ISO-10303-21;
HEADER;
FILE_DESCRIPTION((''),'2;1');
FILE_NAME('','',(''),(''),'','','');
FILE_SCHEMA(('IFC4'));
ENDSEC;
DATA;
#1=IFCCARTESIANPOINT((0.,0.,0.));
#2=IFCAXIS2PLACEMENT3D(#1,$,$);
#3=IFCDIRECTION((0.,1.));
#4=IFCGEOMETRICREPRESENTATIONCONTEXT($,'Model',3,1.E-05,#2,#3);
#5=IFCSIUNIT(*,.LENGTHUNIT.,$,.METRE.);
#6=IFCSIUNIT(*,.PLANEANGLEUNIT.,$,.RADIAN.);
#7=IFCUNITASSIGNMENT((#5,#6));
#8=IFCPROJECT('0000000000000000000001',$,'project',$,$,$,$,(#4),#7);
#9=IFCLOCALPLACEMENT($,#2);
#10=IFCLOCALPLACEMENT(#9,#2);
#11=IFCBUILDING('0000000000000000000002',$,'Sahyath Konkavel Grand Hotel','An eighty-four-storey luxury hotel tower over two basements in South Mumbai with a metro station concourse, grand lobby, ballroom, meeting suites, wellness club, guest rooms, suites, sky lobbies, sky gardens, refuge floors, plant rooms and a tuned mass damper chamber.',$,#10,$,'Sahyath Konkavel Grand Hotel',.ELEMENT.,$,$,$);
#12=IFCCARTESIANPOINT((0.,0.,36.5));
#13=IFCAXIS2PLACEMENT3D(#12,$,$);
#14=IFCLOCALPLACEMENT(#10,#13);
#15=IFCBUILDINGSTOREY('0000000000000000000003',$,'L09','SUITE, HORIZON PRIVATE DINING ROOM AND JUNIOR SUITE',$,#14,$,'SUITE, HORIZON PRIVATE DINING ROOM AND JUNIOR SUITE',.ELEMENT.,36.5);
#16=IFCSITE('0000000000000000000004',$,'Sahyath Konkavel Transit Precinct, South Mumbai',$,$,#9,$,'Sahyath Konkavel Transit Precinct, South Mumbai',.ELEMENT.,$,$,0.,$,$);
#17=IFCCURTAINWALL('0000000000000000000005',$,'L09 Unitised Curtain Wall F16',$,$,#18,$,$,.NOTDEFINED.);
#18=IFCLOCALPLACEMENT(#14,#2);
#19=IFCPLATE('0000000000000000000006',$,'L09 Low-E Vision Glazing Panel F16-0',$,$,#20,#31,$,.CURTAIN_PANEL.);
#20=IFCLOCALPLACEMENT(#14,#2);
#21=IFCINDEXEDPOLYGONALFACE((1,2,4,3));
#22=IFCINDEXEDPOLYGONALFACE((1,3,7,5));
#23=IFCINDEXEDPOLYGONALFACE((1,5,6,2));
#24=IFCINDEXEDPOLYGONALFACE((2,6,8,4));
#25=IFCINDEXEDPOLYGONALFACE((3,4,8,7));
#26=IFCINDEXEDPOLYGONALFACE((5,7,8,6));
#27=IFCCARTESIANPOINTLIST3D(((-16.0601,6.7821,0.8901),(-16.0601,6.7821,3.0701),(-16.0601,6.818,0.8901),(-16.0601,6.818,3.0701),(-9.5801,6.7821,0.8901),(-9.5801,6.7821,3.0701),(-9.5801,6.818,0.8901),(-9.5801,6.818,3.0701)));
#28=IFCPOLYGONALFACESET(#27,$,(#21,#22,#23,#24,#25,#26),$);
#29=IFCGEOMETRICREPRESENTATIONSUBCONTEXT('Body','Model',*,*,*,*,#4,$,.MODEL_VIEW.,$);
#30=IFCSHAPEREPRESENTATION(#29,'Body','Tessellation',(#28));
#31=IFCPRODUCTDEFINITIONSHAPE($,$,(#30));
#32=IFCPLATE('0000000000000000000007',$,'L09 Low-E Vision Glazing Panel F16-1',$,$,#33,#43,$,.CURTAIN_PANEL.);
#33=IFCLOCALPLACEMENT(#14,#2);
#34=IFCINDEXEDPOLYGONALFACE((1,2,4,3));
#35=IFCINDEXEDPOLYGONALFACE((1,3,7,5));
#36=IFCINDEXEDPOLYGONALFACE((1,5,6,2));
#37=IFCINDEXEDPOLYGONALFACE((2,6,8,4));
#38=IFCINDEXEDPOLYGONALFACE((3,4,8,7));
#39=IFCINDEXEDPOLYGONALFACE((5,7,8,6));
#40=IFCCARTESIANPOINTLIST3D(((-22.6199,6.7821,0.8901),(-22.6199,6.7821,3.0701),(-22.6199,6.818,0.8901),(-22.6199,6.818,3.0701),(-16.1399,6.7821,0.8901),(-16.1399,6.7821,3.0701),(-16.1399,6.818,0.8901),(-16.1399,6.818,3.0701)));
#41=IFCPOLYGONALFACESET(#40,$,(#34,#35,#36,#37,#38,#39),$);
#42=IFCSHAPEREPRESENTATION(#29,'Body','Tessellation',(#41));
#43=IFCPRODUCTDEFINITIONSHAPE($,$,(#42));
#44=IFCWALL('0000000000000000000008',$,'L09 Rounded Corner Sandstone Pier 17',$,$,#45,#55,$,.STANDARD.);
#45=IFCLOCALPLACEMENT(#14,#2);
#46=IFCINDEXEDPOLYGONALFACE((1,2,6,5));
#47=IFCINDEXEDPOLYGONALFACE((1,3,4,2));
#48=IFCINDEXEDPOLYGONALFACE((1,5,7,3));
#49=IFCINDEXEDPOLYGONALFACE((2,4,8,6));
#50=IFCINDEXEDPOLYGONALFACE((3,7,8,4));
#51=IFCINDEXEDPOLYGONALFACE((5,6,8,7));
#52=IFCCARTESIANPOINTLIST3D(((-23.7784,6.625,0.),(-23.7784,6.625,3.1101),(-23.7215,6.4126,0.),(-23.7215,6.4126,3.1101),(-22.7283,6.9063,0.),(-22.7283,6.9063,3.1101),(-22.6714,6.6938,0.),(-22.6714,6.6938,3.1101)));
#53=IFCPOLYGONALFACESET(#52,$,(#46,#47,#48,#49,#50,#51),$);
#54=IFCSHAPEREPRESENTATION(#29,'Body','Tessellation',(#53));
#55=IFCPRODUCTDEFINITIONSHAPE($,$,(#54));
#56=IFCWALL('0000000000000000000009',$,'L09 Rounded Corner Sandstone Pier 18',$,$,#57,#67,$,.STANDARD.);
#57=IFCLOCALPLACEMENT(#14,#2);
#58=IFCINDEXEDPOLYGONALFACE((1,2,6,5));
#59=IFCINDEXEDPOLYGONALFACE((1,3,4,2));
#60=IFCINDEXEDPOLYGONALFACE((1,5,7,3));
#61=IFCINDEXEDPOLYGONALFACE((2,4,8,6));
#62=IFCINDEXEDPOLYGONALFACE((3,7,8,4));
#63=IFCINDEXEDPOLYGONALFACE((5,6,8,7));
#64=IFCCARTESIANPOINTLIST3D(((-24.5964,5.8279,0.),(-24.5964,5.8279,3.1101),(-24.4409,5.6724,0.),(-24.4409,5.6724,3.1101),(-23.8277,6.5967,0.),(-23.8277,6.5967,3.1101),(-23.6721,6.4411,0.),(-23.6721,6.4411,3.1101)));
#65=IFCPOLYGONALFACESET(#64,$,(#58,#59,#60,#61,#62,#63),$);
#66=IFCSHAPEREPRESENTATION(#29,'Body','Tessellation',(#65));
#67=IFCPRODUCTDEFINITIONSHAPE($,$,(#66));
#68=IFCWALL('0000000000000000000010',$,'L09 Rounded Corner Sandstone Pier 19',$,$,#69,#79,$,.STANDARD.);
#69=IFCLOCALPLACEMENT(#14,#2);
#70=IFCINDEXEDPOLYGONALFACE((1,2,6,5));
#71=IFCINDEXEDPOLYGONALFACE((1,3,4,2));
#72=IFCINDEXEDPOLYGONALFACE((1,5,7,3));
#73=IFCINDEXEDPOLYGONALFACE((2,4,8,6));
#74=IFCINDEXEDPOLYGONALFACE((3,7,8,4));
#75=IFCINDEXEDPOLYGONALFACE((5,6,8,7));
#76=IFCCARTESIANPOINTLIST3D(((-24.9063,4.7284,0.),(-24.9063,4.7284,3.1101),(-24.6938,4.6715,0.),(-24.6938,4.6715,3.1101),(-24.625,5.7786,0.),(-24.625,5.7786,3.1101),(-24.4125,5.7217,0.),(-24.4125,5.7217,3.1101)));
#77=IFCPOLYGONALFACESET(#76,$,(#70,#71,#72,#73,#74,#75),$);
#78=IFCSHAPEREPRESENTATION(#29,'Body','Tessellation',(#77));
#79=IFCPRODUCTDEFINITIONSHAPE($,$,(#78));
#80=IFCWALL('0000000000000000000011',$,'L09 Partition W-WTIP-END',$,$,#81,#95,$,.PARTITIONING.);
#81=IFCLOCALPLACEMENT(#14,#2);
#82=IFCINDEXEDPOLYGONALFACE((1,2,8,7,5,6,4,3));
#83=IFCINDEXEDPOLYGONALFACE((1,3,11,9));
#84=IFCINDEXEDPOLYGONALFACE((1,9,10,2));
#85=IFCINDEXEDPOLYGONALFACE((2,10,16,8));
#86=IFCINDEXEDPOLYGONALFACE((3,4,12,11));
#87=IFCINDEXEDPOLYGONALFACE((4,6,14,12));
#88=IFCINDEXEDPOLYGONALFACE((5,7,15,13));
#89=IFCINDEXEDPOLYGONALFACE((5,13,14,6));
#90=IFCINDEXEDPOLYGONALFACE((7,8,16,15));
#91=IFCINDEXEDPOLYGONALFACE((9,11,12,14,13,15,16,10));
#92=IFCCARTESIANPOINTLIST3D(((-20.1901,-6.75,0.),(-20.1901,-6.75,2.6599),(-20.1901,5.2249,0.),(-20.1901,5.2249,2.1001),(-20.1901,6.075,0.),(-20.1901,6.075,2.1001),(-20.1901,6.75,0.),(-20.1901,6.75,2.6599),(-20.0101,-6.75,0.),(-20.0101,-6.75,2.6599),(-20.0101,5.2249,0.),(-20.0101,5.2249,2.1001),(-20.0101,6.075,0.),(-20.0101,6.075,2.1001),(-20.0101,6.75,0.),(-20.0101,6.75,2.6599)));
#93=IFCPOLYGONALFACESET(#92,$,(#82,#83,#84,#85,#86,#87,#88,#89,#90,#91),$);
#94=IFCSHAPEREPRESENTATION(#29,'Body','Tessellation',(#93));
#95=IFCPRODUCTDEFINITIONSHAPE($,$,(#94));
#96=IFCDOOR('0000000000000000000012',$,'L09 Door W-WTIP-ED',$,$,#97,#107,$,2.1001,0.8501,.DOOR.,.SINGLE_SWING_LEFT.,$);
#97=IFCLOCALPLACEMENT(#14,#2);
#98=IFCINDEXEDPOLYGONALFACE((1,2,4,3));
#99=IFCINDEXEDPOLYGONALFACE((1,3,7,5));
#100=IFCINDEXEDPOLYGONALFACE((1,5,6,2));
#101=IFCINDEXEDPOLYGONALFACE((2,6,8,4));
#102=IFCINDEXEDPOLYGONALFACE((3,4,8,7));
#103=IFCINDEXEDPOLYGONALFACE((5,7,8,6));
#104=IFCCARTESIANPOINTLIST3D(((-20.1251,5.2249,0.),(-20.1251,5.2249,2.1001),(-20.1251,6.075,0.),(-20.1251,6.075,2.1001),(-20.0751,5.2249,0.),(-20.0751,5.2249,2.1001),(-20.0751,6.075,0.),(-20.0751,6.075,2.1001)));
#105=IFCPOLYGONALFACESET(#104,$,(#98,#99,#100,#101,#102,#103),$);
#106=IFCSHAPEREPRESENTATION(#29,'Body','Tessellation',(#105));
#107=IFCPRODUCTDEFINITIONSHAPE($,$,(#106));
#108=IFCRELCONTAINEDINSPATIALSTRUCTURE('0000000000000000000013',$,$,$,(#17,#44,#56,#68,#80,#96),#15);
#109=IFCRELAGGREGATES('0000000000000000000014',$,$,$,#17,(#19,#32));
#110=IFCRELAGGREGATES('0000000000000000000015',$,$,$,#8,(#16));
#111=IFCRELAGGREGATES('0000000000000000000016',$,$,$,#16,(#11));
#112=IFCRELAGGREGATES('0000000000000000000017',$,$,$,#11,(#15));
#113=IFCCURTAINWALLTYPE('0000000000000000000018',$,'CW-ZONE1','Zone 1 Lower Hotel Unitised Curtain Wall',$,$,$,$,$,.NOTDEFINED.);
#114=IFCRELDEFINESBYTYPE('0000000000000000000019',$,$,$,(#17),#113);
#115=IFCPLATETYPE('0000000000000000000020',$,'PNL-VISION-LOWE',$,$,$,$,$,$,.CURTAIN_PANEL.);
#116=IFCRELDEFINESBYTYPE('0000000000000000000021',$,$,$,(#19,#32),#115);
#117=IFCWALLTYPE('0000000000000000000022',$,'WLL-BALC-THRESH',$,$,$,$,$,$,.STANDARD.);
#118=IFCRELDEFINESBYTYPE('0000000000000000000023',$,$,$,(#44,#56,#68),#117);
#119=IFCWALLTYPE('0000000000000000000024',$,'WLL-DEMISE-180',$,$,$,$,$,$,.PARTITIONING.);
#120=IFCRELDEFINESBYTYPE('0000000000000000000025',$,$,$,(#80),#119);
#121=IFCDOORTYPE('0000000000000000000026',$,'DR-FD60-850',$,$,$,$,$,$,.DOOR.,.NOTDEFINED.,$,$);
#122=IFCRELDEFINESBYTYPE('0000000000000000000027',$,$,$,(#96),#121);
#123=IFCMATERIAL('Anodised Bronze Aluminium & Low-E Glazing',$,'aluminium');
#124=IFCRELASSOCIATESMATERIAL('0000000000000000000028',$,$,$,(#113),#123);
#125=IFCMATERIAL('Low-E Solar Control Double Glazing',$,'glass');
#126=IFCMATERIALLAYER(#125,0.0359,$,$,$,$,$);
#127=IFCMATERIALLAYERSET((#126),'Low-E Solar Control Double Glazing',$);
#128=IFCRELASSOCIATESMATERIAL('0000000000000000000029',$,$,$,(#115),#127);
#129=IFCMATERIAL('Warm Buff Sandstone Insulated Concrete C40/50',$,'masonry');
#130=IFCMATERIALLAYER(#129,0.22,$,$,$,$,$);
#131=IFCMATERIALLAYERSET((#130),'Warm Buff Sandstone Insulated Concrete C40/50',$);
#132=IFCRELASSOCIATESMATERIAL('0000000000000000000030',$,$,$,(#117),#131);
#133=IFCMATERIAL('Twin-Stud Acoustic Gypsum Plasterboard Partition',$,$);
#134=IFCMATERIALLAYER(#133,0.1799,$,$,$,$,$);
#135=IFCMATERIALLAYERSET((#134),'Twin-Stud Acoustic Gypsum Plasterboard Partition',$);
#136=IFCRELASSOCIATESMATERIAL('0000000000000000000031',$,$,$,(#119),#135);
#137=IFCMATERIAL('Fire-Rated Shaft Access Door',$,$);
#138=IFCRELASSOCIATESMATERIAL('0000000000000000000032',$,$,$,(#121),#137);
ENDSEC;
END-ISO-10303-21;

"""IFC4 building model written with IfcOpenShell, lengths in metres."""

from ifc_helpers import new_model, si_unit, direction, frame, frame_2d, origin, origin_2d, place, context, subcontext, project, spatial, rectangle, extrude, source, transform, mapped, material, layer, layer_set, type_object, element, fill, aggregate, save


model = new_model("IFC4")

# Units and contexts
model_context = context("Model", 3, precision=1e-05, world=origin(), true_north=direction((0.0, 1.0)))
body_context = subcontext(model_context, "Body", "Model", "MODEL_VIEW")
ifc_project = project(units=[si_unit("LENGTHUNIT", "METRE"), si_unit("PLANEANGLEUNIT", "RADIAN")], contexts=[model_context])

# Site, building, storey
site_placement = place(None, origin())
site = spatial("IfcSite", under=ifc_project, at=site_placement, Name="Sahyath Konkavel Transit Precinct, South Mumbai", LongName="Sahyath Konkavel Transit Precinct, South Mumbai", CompositionType="ELEMENT", RefElevation=0.0)
building_placement = place(site_placement, origin())
building = spatial("IfcBuilding", under=site, at=building_placement, Name="Sahyath Konkavel Grand Hotel", Description="An eighty-four-storey luxury hotel tower over two basements in South Mumbai with a metro station concourse, grand lobby, ballroom, meeting suites, wellness club, guest rooms, suites, sky lobbies, sky gardens, refuge floors, plant rooms and a tuned mass damper chamber.", LongName="Sahyath Konkavel Grand Hotel", CompositionType="ELEMENT")
storey_placement = place(building_placement, frame((0.0, 0.0, 36.5)))
storey = spatial("IfcBuildingStorey", under=building, at=storey_placement, Name="L09", Description="SUITE, HORIZON PRIVATE DINING ROOM AND JUNIOR SUITE", LongName="SUITE, HORIZON PRIVATE DINING ROOM AND JUNIOR SUITE", CompositionType="ELEMENT", Elevation=36.5)

# Curtain wall
ifc_material_1 = material(Name="Anodised Bronze Aluminium & Low-E Glazing", Category="aluminium")
curtain_wall_type = type_object("IfcCurtainWallType", Name="CW-ZONE1", Description="Zone 1 Lower Hotel Unitised Curtain Wall", PredefinedType="NOTDEFINED", material=ifc_material_1)
curtain_wall_1_placement = place(storey_placement, origin())
curtain_wall_1 = element("IfcCurtainWall", 1, at=curtain_wall_1_placement, inside=storey, type_object=curtain_wall_type, Name="L09 Unitised Curtain Wall F16", PredefinedType="NOTDEFINED")

# Plates
ifc_material_2 = material(Name="Low-E Solar Control Double Glazing", Category="glass")
ifc_layer_1 = layer(ifc_material_2, 0.0359)
ifc_layer_set_1 = layer_set([ifc_layer_1], Name="Low-E Solar Control Double Glazing")
plate_type_1 = type_object("IfcPlateType", Name="PNL-VISION-LOWE", PredefinedType="CURTAIN_PANEL", material=ifc_layer_set_1)
shared_shape_1 = source(origin(), body_context, "Body", "SweptSolid", [
    extrude(rectangle(XDim=6.48, YDim=0.0359, at=origin_2d()), origin(), (0.0, 0.0, 1.0), 2.1799),
])
plate_1_placement = place(storey_placement, frame((-12.8201, 6.8, 0.8901), z_axis=(0.0, 0.0, 1.0), x_axis=(-1.0, 0.0, 0.0)))
plate_1 = element("IfcPlate", 2, at=plate_1_placement, type_object=plate_type_1, Name="L09 Low-E Vision Glazing Panel F16-0", PredefinedType="CURTAIN_PANEL", context=body_context, shape_type="MappedRepresentation", body=[
    mapped(shared_shape_1, transform((0.0, 0.0, 0.0), scale=1.0)),
])
plate_2_placement = place(storey_placement, frame((-19.3799, 6.8, 0.8901), z_axis=(0.0, 0.0, 1.0), x_axis=(-1.0, 0.0, 0.0)))
plate_2 = element("IfcPlate", 3, at=plate_2_placement, type_object=plate_type_1, Name="L09 Low-E Vision Glazing Panel F16-1", PredefinedType="CURTAIN_PANEL", context=body_context, shape_type="MappedRepresentation", body=[
    mapped(shared_shape_1, transform((0.0, 0.0, 0.0), scale=1.0)),
])
aggregate(curtain_wall_1, [plate_1, plate_2])

# Walls
ifc_material_3 = material(Name="Warm Buff Sandstone Insulated Concrete C40/50", Category="masonry")
ifc_layer_2 = layer(ifc_material_3, 0.22)
ifc_layer_set_2 = layer_set([ifc_layer_2], Name="Warm Buff Sandstone Insulated Concrete C40/50")
wall_type_1 = type_object("IfcWallType", Name="WLL-BALC-THRESH", PredefinedType="STANDARD", material=ifc_layer_set_2)
for number, where, z_axis, x_axis, name in (
    (4, (-22.7, 6.8, 0.0), (0.0, 0.0, 1.0), (-0.965951, -0.258725, 0.0), "L09 Rounded Corner Sandstone Pier 17"),
    (5, (-23.75, 6.5188, 0.0), (0.0, 0.0, 1.0), (-0.707107, -0.707107, 0.0), "L09 Rounded Corner Sandstone Pier 18"),
    (6, (-24.5188, 5.75, 0.0), (0.0, 0.0, 1.0), (-0.258725, -0.965951, 0.0), "L09 Rounded Corner Sandstone Pier 19"),
):
    element("IfcWall", number, at=place(storey_placement, frame(where, z_axis=z_axis, x_axis=x_axis)), inside=storey, type_object=wall_type_1, Name=name, PredefinedType="STANDARD", context=body_context, shape_type="SweptSolid", body=[
        extrude(rectangle(XDim=1.0872, YDim=0.22, at=frame_2d((0.5435, 0.0))), origin(), (0.0, 0.0, 1.0), 3.1101),
    ])

# Wall, opening, door
ifc_material_4 = material(Name="Twin-Stud Acoustic Gypsum Plasterboard Partition")
ifc_layer_3 = layer(ifc_material_4, 0.1799)
ifc_layer_set_3 = layer_set([ifc_layer_3], Name="Twin-Stud Acoustic Gypsum Plasterboard Partition")
wall_type_2 = type_object("IfcWallType", Name="WLL-DEMISE-180", PredefinedType="PARTITIONING", material=ifc_layer_set_3)
wall_placement = place(storey_placement, frame((-20.1001, 6.75, 0.0), z_axis=(0.0, 0.0, 1.0), x_axis=(0.0, -1.0, 0.0)))
wall = element("IfcWall", 7, at=wall_placement, inside=storey, type_object=wall_type_2, Name="L09 Partition W-WTIP-END", PredefinedType="PARTITIONING", context=body_context, shape_type="SweptSolid", body=[
    extrude(rectangle(XDim=13.5, YDim=0.1799, at=frame_2d((6.75, 0.0))), origin(), (0.0, 0.0, 1.0), 2.6599),
])
opening_placement = place(wall_placement, frame((0.675, 0.0, 0.0)))
opening = element("IfcOpeningElement", 8, at=opening_placement, cuts=wall, PredefinedType="OPENING", context=body_context, shape_type="SweptSolid", body=[
    extrude(rectangle(XDim=0.8501, YDim=2.1001, at=frame_2d((0.425, 1.05))), frame((0.0, 0.1001, 0.0), z_axis=(0.0, -1.0, 0.0), x_axis=(1.0, 0.0, 0.0)), (0.0, 0.0, 1.0), 0.2),
])
ifc_material_5 = material(Name="Fire-Rated Shaft Access Door")
door_type = type_object("IfcDoorType", Name="DR-FD60-850", OperationType="NOTDEFINED", PredefinedType="DOOR", material=ifc_material_5)
shared_shape_2 = source(origin(), body_context, "Body", "SweptSolid", [
    extrude(rectangle(XDim=0.8501, YDim=0.05, at=origin_2d()), origin(), (0.0, 0.0, 1.0), 2.1001),
])
door_placement = place(opening_placement, frame((0.425, 0.0, 0.0)))
door = element("IfcDoor", 9, at=door_placement, inside=storey, type_object=door_type, Name="L09 Door W-WTIP-ED", OperationType="SINGLE_SWING_LEFT", OverallHeight=2.1001, OverallWidth=0.8501, PredefinedType="DOOR", context=body_context, shape_type="MappedRepresentation", body=[
    mapped(shared_shape_2, transform((0.0, 0.0, 0.0), scale=1.0)),
])
fill(opening, door)

save(model, "model.ifc")
